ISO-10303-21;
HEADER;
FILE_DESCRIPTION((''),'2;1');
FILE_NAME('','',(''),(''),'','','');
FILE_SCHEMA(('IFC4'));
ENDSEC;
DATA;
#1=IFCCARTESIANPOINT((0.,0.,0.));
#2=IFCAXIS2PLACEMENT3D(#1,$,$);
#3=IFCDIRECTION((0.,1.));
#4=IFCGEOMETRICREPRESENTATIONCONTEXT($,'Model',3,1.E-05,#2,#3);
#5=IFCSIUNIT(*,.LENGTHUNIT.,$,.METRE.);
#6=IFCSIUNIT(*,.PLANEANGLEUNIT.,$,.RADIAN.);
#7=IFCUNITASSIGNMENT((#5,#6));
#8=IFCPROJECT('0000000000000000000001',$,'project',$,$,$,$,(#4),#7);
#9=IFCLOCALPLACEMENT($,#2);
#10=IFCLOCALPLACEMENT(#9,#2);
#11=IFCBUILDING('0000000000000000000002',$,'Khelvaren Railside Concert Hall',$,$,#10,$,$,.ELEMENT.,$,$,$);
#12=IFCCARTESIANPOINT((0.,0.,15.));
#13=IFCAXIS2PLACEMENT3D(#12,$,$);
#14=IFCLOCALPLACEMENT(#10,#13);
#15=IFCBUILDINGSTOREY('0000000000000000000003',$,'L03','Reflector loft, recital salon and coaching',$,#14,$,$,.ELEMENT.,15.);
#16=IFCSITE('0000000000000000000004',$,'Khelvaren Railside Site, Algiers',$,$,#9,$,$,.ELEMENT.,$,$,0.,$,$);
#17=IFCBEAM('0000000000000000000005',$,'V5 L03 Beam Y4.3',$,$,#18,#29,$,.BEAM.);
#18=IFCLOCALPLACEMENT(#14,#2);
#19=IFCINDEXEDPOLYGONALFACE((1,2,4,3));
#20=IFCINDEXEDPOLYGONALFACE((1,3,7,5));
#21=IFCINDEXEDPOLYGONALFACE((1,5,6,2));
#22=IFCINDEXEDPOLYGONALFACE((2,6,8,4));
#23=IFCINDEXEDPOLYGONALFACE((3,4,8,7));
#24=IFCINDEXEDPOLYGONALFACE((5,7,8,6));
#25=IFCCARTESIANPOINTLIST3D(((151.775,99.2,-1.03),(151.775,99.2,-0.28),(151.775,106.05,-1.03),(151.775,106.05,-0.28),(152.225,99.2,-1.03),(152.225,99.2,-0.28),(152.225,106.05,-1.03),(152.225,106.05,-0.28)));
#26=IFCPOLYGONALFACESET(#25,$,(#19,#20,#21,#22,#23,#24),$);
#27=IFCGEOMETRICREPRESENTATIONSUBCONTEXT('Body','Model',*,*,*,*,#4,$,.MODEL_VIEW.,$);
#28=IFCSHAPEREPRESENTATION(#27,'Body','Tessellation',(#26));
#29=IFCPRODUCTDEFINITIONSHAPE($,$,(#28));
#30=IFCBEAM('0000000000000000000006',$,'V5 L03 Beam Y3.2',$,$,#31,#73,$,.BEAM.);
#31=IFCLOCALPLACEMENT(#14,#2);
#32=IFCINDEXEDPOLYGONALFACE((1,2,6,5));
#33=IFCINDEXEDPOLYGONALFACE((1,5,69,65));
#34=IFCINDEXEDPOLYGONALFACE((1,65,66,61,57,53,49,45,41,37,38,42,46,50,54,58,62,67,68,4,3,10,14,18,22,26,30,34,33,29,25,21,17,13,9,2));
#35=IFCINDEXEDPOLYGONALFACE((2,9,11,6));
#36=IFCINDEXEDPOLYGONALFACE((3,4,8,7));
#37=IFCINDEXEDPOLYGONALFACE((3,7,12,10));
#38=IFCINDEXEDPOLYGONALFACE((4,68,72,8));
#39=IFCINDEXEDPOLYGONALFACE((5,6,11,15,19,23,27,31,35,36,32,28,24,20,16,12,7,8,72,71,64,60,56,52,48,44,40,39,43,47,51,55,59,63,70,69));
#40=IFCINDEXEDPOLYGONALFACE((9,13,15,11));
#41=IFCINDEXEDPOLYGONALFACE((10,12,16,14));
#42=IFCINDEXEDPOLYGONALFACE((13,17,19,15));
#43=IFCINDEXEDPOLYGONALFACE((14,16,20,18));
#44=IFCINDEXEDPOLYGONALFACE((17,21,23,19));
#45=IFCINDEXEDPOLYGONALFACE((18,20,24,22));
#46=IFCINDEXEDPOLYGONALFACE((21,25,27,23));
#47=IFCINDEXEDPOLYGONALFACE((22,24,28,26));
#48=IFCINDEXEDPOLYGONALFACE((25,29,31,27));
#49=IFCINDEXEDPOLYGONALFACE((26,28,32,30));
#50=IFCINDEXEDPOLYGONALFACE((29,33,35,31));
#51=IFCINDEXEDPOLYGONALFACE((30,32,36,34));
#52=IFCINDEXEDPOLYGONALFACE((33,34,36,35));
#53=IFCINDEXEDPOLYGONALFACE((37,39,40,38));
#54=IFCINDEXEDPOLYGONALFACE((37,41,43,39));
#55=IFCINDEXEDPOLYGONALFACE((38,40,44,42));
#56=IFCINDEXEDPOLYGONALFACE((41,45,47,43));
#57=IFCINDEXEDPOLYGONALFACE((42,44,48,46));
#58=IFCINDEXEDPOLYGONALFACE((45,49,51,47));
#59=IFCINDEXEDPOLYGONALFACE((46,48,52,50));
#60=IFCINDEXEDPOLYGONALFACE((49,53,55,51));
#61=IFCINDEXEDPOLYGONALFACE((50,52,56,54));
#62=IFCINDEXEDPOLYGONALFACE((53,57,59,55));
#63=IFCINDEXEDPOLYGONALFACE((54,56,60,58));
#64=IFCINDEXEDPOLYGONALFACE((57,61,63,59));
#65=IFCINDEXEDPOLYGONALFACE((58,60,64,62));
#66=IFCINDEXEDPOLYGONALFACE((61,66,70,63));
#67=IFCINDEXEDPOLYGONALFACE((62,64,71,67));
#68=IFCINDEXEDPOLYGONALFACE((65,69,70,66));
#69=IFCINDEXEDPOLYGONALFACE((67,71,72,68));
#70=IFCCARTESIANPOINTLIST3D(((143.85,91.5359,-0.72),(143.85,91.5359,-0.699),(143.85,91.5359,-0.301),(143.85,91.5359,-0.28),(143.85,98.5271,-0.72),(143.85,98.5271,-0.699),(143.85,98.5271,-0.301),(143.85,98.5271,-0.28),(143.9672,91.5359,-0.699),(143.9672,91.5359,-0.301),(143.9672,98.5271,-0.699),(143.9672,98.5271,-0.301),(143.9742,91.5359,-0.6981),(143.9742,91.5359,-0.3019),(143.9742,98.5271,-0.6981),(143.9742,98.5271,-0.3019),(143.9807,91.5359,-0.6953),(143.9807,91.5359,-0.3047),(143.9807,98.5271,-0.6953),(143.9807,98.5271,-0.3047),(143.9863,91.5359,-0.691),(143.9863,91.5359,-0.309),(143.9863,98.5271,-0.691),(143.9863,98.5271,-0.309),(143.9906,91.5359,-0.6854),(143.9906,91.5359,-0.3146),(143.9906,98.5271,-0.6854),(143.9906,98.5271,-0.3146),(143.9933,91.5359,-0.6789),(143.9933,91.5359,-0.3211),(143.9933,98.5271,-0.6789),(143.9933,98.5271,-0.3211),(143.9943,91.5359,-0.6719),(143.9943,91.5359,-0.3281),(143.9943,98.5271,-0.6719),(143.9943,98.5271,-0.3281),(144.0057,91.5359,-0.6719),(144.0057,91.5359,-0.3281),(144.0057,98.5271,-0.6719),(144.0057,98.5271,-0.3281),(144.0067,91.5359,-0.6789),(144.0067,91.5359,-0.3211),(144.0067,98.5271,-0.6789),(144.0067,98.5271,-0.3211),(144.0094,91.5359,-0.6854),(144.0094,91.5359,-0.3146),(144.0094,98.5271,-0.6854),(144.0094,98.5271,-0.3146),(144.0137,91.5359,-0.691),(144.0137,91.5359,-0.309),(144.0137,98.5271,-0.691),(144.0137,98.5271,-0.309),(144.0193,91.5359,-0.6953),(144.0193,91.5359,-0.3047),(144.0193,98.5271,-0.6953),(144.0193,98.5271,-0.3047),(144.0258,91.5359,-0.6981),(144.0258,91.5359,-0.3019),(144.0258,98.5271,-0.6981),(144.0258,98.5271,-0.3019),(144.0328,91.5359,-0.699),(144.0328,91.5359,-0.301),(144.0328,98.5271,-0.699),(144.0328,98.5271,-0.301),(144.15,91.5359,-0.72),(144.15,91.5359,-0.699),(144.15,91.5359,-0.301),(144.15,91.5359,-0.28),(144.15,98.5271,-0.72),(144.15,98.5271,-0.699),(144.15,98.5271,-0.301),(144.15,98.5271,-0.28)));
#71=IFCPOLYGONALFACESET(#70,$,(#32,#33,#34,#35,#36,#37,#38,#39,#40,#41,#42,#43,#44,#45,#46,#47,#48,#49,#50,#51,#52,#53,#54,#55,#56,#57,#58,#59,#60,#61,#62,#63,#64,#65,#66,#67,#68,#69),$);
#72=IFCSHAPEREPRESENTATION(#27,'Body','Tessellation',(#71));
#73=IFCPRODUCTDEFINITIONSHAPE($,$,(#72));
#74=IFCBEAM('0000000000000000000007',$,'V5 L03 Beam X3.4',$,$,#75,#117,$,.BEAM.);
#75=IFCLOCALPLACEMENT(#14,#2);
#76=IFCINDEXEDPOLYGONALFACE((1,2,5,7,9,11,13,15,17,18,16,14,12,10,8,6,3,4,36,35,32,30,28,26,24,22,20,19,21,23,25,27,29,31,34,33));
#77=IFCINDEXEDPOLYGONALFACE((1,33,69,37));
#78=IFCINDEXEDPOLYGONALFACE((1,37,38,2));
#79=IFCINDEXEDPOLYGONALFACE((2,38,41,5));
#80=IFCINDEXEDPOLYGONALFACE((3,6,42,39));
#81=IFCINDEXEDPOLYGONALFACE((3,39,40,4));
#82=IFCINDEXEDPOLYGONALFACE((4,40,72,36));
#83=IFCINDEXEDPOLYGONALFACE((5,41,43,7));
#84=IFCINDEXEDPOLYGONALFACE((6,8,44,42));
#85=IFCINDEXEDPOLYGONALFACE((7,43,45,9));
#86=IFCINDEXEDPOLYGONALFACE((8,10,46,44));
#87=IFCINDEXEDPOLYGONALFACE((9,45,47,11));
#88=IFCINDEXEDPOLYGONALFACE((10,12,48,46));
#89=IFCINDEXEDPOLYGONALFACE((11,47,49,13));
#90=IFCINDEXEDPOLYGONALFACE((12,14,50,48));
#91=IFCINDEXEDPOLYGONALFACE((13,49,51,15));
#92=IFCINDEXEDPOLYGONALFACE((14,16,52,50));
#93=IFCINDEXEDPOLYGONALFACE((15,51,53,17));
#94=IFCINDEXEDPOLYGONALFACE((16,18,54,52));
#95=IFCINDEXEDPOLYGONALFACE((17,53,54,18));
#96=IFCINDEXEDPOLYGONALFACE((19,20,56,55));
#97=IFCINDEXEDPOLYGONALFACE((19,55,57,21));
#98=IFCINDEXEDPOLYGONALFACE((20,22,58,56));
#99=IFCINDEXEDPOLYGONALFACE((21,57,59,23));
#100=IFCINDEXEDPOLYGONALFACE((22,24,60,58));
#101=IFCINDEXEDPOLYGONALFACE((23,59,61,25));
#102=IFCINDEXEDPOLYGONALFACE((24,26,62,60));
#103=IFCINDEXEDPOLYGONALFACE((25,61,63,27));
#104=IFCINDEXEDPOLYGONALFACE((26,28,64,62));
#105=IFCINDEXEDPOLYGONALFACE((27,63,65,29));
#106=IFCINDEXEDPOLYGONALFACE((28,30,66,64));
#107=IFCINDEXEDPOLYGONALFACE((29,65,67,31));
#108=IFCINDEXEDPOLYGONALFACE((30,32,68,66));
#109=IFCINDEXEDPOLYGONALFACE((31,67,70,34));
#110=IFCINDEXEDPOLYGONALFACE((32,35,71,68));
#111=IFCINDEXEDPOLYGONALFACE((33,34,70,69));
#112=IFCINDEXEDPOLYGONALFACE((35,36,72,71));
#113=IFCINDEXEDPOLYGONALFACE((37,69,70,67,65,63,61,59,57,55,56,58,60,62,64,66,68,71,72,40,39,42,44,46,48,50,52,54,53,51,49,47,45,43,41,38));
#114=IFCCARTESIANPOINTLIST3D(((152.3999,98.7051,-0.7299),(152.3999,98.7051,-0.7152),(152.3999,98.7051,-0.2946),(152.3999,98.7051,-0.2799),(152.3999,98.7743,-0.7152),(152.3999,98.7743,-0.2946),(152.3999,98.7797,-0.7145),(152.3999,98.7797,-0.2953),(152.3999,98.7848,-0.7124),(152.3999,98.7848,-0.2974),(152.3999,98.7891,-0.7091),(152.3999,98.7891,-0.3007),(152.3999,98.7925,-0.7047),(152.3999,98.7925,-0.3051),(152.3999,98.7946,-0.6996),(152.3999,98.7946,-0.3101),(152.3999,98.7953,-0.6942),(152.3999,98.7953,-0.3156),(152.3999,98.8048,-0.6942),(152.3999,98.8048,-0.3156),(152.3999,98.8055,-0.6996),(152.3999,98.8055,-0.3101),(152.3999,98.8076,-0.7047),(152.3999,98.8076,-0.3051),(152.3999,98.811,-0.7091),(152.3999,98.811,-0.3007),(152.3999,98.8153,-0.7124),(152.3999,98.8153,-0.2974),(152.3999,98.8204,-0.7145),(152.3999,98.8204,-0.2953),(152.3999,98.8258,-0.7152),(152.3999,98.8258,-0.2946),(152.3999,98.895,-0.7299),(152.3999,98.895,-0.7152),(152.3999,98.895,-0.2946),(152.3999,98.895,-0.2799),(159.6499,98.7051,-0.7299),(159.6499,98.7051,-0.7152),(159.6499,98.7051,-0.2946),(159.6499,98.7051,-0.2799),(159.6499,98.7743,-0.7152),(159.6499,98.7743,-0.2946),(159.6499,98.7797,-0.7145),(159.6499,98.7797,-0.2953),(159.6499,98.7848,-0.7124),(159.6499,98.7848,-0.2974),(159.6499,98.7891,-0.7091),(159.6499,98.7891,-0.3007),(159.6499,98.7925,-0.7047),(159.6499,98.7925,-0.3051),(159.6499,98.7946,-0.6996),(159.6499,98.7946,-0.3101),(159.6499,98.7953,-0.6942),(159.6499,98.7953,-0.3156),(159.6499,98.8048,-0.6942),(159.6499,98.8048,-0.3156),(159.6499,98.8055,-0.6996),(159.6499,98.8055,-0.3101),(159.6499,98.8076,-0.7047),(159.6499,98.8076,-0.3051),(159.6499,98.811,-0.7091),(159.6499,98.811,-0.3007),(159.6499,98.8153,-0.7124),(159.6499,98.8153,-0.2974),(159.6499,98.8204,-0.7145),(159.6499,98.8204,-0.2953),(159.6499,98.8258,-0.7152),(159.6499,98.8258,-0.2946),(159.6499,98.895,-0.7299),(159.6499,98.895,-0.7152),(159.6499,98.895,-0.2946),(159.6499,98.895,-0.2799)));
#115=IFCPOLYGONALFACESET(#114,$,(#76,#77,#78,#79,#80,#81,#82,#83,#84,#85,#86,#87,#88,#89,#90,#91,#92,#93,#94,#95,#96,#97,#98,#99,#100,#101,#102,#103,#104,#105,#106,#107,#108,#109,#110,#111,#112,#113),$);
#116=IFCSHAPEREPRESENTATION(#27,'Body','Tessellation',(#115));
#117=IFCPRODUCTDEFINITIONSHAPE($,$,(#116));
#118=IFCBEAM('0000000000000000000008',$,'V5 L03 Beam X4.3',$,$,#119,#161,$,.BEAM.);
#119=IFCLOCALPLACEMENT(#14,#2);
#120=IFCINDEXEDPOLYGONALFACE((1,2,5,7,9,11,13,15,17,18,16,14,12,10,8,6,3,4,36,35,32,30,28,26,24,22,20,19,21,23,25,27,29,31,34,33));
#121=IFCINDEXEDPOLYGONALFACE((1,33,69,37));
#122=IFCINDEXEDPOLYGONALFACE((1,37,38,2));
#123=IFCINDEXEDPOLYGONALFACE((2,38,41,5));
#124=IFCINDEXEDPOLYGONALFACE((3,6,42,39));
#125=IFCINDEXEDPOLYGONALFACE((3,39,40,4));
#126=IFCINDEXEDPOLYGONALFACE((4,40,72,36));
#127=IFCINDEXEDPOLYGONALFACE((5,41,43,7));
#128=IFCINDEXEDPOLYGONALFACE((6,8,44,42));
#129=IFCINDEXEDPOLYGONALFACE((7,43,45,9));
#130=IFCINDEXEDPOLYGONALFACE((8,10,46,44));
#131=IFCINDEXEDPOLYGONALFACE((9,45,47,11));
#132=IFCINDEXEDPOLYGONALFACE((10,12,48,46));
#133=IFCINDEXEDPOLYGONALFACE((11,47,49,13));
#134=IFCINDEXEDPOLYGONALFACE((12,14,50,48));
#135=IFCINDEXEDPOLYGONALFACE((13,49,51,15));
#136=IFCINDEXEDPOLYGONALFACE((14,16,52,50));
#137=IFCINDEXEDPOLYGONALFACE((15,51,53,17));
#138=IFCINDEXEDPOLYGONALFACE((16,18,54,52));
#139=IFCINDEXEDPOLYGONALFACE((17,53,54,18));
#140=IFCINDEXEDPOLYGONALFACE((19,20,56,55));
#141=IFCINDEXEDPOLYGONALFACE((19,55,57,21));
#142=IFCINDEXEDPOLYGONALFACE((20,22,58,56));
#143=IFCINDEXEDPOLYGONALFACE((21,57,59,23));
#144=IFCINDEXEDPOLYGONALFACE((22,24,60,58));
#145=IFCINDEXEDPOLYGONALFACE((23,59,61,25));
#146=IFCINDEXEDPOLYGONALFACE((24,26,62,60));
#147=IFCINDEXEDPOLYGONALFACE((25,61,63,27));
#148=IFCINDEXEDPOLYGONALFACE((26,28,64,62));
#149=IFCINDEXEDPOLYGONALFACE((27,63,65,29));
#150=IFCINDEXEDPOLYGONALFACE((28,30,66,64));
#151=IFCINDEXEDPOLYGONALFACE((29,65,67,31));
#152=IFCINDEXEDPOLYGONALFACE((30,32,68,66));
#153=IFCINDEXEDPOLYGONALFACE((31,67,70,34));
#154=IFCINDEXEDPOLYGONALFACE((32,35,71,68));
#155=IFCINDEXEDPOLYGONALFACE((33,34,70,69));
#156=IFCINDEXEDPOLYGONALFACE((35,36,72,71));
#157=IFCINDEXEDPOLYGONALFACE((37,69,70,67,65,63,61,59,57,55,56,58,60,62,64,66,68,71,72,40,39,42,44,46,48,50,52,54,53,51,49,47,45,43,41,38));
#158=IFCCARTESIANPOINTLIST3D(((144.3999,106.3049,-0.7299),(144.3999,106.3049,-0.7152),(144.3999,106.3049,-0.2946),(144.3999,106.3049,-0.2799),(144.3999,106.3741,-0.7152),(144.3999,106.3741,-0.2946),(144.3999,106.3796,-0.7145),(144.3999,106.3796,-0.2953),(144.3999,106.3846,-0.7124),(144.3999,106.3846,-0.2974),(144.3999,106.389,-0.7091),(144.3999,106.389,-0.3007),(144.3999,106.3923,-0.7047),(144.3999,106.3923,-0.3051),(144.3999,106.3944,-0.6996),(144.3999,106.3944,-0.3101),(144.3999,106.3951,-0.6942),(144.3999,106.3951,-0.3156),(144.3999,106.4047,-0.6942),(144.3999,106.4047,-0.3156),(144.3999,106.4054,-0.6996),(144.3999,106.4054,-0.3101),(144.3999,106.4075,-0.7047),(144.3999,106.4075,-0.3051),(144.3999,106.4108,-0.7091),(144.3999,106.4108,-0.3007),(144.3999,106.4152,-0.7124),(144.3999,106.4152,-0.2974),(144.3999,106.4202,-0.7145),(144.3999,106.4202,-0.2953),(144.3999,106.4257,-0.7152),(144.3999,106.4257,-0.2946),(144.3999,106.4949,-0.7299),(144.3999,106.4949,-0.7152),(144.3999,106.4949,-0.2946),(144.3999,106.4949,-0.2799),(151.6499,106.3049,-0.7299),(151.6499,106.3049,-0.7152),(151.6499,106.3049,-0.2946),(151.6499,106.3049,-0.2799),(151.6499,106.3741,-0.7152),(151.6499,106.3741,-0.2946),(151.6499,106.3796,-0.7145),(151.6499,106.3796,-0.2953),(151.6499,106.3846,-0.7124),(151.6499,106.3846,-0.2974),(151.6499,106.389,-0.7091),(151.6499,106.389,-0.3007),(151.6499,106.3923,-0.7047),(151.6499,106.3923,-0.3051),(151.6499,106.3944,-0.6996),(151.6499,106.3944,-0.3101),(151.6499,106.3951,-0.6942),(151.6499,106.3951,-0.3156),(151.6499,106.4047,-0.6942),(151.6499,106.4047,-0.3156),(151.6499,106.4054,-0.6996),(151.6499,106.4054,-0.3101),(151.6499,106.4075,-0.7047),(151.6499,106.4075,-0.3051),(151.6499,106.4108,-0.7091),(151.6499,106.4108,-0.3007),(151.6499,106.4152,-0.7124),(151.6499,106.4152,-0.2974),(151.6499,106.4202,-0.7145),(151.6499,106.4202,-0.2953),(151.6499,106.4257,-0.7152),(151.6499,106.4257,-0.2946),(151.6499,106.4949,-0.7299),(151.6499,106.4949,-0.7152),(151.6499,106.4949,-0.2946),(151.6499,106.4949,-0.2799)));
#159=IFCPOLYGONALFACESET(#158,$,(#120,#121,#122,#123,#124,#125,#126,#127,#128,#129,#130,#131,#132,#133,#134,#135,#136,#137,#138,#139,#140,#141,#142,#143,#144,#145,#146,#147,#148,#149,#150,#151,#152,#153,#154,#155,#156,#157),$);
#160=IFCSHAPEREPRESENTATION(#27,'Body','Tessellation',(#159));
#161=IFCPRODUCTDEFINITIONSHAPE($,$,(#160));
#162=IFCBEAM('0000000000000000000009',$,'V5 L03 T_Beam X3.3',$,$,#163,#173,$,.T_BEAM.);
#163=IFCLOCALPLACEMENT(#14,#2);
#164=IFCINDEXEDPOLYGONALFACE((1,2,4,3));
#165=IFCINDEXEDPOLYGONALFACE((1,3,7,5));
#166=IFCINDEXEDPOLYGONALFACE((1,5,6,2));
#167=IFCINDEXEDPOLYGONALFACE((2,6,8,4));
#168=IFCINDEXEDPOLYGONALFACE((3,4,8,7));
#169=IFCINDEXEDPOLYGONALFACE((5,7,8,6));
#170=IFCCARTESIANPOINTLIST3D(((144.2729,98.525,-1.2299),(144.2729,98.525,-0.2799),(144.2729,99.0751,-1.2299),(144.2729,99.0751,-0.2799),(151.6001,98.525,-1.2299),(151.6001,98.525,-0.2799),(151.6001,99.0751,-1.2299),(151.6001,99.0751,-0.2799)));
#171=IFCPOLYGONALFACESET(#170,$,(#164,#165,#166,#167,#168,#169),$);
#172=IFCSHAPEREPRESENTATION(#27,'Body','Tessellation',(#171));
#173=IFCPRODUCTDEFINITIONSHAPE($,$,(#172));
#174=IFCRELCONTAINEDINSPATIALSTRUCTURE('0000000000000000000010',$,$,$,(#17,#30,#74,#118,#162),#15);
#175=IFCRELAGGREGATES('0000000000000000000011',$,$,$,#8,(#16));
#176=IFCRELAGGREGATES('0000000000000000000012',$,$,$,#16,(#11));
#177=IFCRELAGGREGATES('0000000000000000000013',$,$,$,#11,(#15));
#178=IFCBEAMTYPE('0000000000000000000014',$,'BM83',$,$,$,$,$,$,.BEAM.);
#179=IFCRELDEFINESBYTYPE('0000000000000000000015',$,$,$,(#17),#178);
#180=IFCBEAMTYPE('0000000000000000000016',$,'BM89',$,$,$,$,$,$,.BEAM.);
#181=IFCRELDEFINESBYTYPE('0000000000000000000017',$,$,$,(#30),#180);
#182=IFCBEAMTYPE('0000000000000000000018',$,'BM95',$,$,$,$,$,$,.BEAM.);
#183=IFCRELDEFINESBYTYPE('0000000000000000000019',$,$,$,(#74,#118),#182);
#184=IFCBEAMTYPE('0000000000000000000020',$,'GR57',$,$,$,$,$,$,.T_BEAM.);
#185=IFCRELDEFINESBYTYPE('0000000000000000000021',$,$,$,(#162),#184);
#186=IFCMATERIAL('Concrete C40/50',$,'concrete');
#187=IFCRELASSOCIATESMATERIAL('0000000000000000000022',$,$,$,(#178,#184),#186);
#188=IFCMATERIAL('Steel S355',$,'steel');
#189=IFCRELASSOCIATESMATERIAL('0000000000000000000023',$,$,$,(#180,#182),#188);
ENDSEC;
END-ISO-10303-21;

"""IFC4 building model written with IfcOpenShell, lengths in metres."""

from ifc_helpers import new_model, si_unit, direction, frame, origin, origin_2d, place, context, subcontext, project, spatial, rectangle, i_section, extrude, material, material_profile, profile_set, type_object, element, save


model = new_model("IFC4")

# Units and contexts
model_context = context("Model", 3, precision=1e-05, world=origin(), true_north=direction((0.0, 1.0)))
body_context = subcontext(model_context, "Body", "Model", "MODEL_VIEW")
ifc_project = project(units=[si_unit("LENGTHUNIT", "METRE"), si_unit("PLANEANGLEUNIT", "RADIAN")], contexts=[model_context])

# Site, building, storey
site_placement = place(None, origin())
site = spatial("IfcSite", under=ifc_project, at=site_placement, Name="Khelvaren Railside Site, Algiers", CompositionType="ELEMENT", RefElevation=0.0)
building_placement = place(site_placement, origin())
building = spatial("IfcBuilding", under=site, at=building_placement, Name="Khelvaren Railside Concert Hall", CompositionType="ELEMENT")
storey_placement = place(building_placement, frame((0.0, 0.0, 15.0)))
storey = spatial("IfcBuildingStorey", under=building, at=storey_placement, Name="L03", Description="Reflector loft, recital salon and coaching", CompositionType="ELEMENT", Elevation=15.0)

# Beams
ifc_material_1 = material(Name="Steel S355", Category="steel")
ifc_material_2 = material(Name="Concrete C40/50", Category="concrete")
ifc_material_profile_1 = material_profile(ifc_material_2, rectangle(XDim=0.45, YDim=0.75, at=origin_2d()), Name="RCB 450x750")
ifc_profile_set_1 = profile_set([ifc_material_profile_1], Name="Concrete C40/50")
beam_type_1 = type_object("IfcBeamType", Name="BM83", PredefinedType="BEAM", material=ifc_profile_set_1)
beam_1_placement = place(storey_placement, frame((152.0, 99.2, -0.655), z_axis=(0.0, 1.0, 0.0), x_axis=(-1.0, 0.0, 0.0)))
element("IfcBeam", 1, at=beam_1_placement, inside=storey, type_object=beam_type_1, Name="V5 L03 Beam Y4.3", PredefinedType="BEAM", context=body_context, shape_type="SweptSolid", body=[
    extrude(rectangle(XDim=0.45, YDim=0.75, at=origin_2d()), origin(), (0.0, 0.0, 1.0), 6.8501),
])
ifc_material_profile_2 = material_profile(ifc_material_1, i_section(OverallWidth=0.3, OverallDepth=0.4399, WebThickness=0.0115, FlangeThickness=0.021, FilletRadius=0.0271, at=origin_2d()), Name="HEA 450")
ifc_profile_set_2 = profile_set([ifc_material_profile_2], Name="Steel S355")
beam_type_2 = type_object("IfcBeamType", Name="BM89", PredefinedType="BEAM", material=ifc_profile_set_2)
beam_2_placement = place(storey_placement, frame((144.0, 91.5359, -0.5), z_axis=(0.0, 1.0, 0.0), x_axis=(-1.0, 0.0, 0.0)))
element("IfcBeam", 2, at=beam_2_placement, inside=storey, type_object=beam_type_2, Name="V5 L03 Beam Y3.2", PredefinedType="BEAM", context=body_context, shape_type="SweptSolid", body=[
    extrude(i_section(OverallWidth=0.3, OverallDepth=0.4399, WebThickness=0.0115, FlangeThickness=0.021, FilletRadius=0.0271, at=origin_2d()), origin(), (0.0, 0.0, 1.0), 6.9912),
])
ifc_material_profile_3 = material_profile(ifc_material_1, i_section(OverallWidth=0.1899, OverallDepth=0.45, WebThickness=0.0095, FlangeThickness=0.0146, FilletRadius=0.021, at=origin_2d()), Name="IPE 450")
ifc_profile_set_3 = profile_set([ifc_material_profile_3], Name="Steel S355")
beam_type_3 = type_object("IfcBeamType", Name="BM95", PredefinedType="BEAM", material=ifc_profile_set_3)
for number, where, z_axis, x_axis, name in (
    (3, (152.3999, 98.8, -0.5049), (1.0, 0.0, 0.0), (0.0, 1.0, 0.0), "V5 L03 Beam X3.4"),
    (4, (144.3999, 106.3999, -0.5049), (1.0, 0.0, 0.0), (0.0, 1.0, 0.0), "V5 L03 Beam X4.3"),
):
    element("IfcBeam", number, at=place(storey_placement, frame(where, z_axis=z_axis, x_axis=x_axis)), inside=storey, type_object=beam_type_3, Name=name, PredefinedType="BEAM", context=body_context, shape_type="SweptSolid", body=[
        extrude(i_section(OverallWidth=0.1899, OverallDepth=0.45, WebThickness=0.0095, FlangeThickness=0.0146, FilletRadius=0.021, at=origin_2d()), origin(), (0.0, 0.0, 1.0), 7.25),
    ])
ifc_material_profile_4 = material_profile(ifc_material_2, rectangle(XDim=0.55, YDim=0.95, at=origin_2d()), Name="RCB 550x950")
ifc_profile_set_4 = profile_set([ifc_material_profile_4], Name="Concrete C40/50")
beam_type_4 = type_object("IfcBeamType", Name="GR57", PredefinedType="T_BEAM", material=ifc_profile_set_4)
beam_3_placement = place(storey_placement, frame((144.2729, 98.8, -0.7549), z_axis=(1.0, 0.0, 0.0), x_axis=(0.0, 1.0, 0.0)))
element("IfcBeam", 5, at=beam_3_placement, inside=storey, type_object=beam_type_4, Name="V5 L03 T_Beam X3.3", PredefinedType="T_BEAM", context=body_context, shape_type="SweptSolid", body=[
    extrude(rectangle(XDim=0.55, YDim=0.95, at=origin_2d()), origin(), (0.0, 0.0, 1.0), 7.3271),
])

save(model, "model.ifc")
